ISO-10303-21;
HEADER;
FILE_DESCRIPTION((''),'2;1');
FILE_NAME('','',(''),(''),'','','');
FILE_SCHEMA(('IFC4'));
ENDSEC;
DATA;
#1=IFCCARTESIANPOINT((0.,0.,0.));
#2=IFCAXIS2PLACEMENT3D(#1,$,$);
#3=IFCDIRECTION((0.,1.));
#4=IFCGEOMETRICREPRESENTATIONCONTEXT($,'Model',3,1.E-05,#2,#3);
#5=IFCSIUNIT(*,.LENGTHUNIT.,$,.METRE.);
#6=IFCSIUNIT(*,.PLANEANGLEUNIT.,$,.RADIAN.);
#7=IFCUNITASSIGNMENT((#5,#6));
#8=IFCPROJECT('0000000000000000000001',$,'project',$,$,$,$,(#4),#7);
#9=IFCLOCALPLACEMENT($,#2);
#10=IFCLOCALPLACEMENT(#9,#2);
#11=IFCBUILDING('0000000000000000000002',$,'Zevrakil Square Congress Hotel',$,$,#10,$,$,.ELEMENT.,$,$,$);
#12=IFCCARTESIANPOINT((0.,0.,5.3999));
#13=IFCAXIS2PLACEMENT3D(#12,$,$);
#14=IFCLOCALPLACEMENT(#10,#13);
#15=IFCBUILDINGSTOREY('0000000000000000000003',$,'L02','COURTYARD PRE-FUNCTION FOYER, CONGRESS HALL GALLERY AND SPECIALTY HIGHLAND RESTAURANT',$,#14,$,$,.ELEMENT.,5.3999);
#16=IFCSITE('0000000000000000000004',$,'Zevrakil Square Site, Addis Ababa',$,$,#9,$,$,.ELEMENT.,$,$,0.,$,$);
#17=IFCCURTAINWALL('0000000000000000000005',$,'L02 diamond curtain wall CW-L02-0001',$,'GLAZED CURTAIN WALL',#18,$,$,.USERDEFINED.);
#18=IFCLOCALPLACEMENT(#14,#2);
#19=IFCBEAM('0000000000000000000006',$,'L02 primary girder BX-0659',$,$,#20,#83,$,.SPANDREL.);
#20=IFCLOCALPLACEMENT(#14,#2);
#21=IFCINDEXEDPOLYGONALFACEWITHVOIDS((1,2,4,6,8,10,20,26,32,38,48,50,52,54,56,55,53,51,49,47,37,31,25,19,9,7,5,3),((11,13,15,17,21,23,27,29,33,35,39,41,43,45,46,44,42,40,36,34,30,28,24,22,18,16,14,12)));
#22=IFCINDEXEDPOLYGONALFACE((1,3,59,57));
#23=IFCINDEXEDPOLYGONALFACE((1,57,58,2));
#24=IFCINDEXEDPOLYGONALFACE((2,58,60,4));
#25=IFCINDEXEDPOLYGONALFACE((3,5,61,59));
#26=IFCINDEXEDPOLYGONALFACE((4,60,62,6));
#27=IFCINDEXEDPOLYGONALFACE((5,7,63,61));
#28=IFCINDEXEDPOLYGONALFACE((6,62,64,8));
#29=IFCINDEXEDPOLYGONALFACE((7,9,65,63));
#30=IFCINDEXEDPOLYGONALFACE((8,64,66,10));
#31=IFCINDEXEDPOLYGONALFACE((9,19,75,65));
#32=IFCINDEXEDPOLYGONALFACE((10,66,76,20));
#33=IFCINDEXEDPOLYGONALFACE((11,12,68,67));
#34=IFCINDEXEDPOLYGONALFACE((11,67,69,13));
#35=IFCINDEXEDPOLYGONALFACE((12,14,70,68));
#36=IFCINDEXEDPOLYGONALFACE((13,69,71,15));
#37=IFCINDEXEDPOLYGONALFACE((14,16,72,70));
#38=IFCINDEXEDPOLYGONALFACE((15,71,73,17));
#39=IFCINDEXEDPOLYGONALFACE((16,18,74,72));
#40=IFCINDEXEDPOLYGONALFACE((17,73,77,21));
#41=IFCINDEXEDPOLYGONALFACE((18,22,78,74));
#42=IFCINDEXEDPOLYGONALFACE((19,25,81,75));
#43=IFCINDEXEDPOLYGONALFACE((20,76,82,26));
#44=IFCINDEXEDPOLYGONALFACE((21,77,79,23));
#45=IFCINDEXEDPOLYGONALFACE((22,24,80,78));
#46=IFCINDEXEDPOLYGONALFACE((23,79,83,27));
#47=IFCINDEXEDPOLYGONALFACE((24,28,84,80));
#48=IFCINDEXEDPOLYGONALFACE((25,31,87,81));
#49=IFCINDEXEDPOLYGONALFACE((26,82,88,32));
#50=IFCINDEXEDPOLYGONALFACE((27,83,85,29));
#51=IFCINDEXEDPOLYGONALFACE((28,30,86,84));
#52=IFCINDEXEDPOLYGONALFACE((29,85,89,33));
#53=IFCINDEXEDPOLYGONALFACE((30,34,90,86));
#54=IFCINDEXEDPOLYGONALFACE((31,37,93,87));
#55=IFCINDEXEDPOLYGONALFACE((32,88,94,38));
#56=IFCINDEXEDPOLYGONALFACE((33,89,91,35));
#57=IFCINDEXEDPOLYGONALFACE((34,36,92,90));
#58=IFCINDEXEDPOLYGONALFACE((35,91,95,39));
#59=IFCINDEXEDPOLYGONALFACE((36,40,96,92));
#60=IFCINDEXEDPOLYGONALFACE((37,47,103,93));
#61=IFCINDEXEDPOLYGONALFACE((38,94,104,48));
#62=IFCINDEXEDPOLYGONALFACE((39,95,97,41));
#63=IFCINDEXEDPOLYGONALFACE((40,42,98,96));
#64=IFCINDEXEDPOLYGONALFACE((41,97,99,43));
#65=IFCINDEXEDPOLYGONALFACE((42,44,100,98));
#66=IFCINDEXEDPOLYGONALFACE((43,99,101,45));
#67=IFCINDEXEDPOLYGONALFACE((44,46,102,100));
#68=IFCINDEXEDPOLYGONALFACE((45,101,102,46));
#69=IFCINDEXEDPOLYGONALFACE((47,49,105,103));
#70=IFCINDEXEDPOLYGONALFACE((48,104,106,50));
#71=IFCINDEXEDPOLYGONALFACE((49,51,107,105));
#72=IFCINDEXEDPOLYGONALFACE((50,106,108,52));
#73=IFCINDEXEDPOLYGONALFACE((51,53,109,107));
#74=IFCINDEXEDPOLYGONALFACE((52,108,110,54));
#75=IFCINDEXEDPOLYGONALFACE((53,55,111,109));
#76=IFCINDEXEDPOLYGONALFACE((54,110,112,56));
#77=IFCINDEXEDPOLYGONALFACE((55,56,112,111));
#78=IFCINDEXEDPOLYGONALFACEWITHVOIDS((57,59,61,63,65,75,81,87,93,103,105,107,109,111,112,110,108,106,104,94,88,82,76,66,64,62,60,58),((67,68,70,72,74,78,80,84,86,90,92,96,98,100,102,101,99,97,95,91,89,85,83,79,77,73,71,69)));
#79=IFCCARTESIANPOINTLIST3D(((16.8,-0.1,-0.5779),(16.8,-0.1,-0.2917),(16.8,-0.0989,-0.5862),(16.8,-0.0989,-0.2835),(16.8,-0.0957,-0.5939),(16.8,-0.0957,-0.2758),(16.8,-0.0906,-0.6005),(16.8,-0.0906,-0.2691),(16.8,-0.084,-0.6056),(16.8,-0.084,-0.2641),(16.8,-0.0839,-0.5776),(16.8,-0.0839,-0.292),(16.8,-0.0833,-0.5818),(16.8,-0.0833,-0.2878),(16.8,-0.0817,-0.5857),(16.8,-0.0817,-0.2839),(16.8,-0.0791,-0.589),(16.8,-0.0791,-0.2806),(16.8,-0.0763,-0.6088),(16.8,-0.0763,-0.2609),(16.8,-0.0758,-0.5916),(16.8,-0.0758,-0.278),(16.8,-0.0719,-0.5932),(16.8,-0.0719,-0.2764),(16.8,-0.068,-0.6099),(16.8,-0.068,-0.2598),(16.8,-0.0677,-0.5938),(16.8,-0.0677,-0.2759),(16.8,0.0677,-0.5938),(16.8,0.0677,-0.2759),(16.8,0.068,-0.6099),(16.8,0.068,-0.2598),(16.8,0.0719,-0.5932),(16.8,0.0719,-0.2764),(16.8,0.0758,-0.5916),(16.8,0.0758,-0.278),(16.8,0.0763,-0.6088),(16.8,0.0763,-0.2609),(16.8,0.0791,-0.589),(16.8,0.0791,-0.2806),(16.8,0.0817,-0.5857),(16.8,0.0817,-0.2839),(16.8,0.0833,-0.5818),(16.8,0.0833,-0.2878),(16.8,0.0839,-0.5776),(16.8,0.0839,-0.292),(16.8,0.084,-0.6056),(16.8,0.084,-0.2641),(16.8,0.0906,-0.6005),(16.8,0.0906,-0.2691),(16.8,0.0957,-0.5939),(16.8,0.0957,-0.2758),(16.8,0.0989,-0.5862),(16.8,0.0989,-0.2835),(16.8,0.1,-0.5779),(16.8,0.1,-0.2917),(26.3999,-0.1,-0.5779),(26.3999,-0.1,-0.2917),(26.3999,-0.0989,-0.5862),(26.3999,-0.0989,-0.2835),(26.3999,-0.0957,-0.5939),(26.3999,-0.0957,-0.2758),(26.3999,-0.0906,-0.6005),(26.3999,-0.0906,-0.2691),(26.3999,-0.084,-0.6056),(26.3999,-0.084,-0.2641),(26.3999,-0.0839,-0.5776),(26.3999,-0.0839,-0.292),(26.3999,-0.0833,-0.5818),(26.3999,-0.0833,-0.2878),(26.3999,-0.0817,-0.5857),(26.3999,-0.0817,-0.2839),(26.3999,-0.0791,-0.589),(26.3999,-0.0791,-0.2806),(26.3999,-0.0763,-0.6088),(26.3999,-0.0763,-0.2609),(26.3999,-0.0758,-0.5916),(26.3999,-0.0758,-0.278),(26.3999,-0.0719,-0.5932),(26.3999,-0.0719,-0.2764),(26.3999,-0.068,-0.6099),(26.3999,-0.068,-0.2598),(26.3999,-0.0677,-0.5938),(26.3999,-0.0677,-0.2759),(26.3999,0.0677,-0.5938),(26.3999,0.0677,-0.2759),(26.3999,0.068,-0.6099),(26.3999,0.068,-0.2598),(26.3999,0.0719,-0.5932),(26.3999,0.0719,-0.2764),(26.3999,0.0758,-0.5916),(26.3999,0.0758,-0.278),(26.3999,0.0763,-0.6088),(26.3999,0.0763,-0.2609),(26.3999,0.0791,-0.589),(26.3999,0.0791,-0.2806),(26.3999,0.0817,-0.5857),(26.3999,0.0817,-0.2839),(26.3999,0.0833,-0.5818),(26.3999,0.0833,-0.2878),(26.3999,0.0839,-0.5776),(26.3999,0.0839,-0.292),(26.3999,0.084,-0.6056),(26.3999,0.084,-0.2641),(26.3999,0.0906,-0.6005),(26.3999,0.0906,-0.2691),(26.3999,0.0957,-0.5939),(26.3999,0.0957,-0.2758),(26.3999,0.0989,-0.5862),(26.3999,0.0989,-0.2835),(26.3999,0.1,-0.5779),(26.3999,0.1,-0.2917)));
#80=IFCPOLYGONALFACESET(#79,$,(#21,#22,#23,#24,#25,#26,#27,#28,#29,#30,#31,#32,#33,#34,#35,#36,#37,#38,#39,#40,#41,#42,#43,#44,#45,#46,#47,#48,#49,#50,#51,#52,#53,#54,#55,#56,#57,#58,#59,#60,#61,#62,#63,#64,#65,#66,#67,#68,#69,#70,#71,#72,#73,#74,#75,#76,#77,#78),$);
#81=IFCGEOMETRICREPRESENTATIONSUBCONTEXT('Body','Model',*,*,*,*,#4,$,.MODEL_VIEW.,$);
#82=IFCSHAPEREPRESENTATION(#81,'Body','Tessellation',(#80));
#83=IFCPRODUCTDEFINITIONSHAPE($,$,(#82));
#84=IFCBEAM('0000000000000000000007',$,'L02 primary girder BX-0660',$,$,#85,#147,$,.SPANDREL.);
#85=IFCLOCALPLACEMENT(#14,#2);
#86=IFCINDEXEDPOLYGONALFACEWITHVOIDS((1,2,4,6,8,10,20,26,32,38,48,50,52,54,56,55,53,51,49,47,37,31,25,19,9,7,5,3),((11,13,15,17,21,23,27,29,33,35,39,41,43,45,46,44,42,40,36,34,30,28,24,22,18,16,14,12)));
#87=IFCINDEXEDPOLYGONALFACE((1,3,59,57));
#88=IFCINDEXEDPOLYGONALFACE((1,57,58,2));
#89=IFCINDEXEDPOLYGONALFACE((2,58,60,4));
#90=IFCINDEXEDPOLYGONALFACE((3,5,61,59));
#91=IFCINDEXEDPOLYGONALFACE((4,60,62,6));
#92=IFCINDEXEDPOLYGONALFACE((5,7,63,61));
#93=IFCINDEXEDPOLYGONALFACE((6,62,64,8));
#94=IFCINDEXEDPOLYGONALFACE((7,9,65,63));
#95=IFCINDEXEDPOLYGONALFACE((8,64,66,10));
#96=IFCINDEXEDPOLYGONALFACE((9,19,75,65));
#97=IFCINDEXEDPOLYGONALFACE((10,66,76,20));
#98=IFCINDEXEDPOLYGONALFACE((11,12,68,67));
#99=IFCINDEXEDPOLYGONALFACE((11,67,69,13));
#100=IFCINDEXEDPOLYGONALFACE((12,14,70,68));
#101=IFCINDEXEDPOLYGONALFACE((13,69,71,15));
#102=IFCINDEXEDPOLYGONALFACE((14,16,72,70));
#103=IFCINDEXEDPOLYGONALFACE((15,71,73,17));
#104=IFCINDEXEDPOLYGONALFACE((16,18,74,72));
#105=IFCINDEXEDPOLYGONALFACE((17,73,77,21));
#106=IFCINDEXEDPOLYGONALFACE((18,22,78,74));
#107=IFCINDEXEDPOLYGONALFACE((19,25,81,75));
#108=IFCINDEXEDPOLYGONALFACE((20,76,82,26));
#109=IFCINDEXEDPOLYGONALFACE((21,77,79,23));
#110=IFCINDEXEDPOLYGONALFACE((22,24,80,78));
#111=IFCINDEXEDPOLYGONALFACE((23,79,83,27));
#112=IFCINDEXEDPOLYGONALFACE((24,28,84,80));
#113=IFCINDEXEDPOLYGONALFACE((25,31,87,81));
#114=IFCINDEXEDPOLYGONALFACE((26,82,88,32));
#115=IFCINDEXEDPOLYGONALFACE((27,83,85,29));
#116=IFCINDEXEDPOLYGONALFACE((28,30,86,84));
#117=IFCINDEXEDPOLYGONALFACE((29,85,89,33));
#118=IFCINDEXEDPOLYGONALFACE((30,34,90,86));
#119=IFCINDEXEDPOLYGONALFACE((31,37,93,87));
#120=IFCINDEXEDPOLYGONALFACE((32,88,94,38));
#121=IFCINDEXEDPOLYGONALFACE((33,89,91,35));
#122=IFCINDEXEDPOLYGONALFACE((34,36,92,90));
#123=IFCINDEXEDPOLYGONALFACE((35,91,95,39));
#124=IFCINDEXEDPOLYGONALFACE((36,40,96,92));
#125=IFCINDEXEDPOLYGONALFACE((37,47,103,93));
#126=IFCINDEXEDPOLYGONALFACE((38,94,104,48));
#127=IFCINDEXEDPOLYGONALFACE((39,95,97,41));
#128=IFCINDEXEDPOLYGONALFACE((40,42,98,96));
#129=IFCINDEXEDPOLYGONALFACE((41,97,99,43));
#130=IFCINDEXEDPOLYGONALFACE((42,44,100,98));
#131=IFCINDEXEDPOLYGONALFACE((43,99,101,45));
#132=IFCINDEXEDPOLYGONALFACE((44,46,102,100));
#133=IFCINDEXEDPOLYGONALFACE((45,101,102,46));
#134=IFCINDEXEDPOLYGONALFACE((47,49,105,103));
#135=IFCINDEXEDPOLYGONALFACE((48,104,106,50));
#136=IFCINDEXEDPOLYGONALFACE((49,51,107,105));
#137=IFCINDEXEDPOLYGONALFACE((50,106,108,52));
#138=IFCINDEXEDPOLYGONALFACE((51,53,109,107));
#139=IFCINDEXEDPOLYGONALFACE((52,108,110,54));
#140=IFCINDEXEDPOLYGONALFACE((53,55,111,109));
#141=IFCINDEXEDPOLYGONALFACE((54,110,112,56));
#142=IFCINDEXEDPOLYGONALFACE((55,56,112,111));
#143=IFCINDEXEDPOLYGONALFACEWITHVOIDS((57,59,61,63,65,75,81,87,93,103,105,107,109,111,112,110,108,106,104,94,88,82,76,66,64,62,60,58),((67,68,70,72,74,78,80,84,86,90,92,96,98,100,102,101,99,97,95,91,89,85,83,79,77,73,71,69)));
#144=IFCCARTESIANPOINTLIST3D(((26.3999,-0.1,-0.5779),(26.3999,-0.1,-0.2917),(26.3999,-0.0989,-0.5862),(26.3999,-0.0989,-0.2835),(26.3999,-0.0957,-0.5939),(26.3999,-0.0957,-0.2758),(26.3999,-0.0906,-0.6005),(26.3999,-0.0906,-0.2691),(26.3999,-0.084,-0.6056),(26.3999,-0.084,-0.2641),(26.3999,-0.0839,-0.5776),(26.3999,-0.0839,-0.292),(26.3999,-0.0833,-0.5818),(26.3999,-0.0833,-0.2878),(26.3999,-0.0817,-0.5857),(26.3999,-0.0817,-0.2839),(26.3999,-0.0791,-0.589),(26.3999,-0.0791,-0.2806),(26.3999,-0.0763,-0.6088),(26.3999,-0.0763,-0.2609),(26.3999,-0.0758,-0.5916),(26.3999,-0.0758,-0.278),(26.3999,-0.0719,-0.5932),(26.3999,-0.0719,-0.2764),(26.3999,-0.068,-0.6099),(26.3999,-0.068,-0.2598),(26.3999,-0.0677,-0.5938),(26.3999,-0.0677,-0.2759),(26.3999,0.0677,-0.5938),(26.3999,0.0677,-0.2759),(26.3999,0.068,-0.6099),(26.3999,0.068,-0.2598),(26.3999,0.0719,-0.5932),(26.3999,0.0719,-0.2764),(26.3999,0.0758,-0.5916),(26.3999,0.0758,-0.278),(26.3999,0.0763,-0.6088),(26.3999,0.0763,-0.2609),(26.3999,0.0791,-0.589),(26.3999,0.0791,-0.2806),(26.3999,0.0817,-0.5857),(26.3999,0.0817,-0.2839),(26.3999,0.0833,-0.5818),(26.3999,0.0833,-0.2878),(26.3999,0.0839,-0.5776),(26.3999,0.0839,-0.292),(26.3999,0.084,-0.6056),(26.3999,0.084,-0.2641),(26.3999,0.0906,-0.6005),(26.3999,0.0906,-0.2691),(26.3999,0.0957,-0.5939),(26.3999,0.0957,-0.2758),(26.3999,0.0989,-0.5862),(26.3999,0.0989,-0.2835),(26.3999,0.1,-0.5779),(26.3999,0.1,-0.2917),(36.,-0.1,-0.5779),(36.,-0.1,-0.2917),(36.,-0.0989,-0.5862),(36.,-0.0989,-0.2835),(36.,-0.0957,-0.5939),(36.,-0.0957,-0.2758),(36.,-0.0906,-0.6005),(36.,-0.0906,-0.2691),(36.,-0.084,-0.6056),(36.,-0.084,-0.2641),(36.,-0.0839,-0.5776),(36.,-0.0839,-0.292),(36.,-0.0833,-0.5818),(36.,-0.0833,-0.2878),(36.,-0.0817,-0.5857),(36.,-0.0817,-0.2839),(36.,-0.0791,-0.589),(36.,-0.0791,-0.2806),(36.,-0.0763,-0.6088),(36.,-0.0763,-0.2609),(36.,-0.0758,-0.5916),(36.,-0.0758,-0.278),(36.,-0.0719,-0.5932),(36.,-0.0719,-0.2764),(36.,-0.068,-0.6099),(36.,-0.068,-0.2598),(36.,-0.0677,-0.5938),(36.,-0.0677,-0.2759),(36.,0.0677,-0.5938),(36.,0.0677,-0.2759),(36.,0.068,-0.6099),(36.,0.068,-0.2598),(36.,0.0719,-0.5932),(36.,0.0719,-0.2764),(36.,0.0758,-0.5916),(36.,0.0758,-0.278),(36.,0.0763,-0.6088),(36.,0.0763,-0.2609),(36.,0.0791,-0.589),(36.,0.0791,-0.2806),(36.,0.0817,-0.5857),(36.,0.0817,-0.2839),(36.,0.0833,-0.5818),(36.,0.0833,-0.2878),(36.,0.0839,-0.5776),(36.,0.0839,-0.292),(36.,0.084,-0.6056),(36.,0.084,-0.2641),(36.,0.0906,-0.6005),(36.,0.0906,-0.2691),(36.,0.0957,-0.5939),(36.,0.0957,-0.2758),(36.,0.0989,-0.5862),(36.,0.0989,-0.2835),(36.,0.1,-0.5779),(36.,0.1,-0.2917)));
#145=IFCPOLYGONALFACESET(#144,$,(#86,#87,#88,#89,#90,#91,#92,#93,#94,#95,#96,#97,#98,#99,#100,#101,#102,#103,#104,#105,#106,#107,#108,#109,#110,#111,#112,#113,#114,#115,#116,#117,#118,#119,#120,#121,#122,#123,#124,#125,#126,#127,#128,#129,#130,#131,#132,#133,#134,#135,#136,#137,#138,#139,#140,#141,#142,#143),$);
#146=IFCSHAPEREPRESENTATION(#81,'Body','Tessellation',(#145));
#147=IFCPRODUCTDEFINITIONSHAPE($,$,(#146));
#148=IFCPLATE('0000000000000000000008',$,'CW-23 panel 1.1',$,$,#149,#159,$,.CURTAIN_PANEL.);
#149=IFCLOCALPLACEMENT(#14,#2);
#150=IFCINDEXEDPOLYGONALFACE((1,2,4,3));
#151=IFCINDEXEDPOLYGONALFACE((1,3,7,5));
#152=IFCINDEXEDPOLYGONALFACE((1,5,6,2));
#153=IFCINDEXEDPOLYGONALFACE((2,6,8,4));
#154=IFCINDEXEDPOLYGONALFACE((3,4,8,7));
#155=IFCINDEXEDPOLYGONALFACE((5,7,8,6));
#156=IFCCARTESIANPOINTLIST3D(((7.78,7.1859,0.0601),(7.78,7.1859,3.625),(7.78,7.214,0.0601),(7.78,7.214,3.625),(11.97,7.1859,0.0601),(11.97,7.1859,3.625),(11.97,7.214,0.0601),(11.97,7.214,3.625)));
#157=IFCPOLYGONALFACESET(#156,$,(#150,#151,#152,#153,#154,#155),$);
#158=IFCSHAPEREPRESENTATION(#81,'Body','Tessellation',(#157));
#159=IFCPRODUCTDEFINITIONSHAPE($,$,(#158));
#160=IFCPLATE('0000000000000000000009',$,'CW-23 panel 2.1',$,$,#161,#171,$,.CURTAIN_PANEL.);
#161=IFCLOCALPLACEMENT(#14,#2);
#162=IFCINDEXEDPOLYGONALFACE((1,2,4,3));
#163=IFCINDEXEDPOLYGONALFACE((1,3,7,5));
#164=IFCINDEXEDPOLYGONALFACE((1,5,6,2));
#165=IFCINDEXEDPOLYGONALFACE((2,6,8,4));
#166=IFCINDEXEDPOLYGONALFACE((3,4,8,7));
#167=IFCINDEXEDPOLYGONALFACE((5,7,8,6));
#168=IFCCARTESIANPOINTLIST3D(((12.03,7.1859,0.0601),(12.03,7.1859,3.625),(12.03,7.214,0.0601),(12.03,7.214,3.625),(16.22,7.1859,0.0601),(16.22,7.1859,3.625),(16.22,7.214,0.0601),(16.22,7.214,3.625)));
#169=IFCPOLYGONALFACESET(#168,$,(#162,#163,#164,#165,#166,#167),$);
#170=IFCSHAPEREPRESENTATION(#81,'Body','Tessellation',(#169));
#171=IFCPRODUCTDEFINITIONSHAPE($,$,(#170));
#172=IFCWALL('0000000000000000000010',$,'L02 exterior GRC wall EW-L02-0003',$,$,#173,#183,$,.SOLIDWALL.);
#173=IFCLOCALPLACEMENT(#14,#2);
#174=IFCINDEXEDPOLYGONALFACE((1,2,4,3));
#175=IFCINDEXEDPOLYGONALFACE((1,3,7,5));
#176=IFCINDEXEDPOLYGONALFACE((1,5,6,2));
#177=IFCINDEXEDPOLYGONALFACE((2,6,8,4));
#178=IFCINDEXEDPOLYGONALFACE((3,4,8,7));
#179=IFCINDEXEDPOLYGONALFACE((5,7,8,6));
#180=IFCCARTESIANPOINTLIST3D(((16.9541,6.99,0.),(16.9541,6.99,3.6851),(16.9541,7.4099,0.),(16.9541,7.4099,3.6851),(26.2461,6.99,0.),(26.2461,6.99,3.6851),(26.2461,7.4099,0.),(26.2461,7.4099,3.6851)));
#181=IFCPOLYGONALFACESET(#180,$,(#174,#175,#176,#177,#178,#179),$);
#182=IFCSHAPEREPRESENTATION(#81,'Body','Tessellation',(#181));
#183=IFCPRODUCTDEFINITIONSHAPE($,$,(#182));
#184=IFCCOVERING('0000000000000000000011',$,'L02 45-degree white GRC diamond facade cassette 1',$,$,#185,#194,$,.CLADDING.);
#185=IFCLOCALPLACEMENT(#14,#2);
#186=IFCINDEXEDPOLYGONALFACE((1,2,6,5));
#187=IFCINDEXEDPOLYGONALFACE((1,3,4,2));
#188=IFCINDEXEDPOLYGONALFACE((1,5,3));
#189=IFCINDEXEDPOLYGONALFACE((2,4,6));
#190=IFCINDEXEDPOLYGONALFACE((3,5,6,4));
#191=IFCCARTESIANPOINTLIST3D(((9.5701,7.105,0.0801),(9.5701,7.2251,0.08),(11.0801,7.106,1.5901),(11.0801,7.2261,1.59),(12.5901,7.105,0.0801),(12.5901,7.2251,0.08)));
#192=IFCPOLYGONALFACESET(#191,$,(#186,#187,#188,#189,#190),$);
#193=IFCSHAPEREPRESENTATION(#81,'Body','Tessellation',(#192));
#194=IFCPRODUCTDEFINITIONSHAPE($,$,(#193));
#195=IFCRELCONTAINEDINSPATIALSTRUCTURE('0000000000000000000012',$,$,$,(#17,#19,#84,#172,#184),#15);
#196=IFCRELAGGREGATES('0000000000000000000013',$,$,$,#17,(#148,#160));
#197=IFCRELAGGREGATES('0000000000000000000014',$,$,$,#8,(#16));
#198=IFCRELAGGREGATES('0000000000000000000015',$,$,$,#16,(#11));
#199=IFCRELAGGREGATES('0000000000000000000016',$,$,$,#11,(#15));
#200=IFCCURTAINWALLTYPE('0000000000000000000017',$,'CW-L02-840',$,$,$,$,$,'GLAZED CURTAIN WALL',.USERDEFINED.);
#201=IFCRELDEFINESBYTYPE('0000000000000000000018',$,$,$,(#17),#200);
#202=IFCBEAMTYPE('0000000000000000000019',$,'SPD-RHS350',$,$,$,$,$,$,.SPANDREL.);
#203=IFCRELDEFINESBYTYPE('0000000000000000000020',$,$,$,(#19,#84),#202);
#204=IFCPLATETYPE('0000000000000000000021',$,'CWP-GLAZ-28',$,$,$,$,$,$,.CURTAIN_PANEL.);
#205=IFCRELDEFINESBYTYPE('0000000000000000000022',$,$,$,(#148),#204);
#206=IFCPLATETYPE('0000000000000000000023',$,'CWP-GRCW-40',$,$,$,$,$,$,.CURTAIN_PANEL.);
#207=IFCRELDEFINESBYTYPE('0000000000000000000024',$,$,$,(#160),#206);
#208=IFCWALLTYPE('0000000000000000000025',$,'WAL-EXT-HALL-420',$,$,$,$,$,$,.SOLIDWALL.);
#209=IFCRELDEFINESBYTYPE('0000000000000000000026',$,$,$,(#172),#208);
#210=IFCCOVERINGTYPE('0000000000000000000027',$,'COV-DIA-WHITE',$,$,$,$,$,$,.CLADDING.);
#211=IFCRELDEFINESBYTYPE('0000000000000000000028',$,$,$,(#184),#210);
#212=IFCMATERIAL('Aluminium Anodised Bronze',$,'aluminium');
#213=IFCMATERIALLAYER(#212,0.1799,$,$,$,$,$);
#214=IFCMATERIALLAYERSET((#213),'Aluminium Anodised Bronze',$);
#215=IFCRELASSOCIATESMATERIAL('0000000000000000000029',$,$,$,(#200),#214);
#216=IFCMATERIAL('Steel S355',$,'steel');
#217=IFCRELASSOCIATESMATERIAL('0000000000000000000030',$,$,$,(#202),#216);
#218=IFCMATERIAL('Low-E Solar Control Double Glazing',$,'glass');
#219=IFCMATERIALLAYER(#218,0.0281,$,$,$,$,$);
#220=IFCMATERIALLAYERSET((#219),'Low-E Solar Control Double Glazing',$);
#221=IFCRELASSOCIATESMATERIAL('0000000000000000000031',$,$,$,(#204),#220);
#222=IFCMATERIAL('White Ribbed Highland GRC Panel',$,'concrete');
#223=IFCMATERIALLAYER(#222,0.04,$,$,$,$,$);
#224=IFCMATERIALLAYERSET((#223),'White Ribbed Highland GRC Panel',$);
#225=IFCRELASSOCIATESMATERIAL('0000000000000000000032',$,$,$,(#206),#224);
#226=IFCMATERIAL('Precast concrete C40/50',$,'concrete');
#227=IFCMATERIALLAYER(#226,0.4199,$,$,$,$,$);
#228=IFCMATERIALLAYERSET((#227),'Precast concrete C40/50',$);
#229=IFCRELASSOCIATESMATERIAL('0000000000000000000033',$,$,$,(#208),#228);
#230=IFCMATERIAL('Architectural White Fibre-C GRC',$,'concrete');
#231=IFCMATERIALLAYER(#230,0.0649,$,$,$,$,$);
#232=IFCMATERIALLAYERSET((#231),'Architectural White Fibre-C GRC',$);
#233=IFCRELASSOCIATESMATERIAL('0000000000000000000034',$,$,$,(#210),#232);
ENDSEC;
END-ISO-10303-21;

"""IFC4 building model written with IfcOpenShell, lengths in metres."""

from ifc_helpers import new_model, si_unit, direction, frame, frame_2d, origin, origin_2d, place, context, subcontext, project, spatial, polyline, rectangle, hollow_rectangle, outline, extrude, material, layer, layer_set, material_profile, profile_set, type_object, element, aggregate, save


model = new_model("IFC4")

# Units and contexts
model_context = context("Model", 3, precision=1e-05, world=origin(), true_north=direction((0.0, 1.0)))
body_context = subcontext(model_context, "Body", "Model", "MODEL_VIEW")
ifc_project = project(units=[si_unit("LENGTHUNIT", "METRE"), si_unit("PLANEANGLEUNIT", "RADIAN")], contexts=[model_context])

# Site, building, storey
site_placement = place(None, origin())
site = spatial("IfcSite", under=ifc_project, at=site_placement, Name="Zevrakil Square Site, Addis Ababa", CompositionType="ELEMENT", RefElevation=0.0)
building_placement = place(site_placement, origin())
building = spatial("IfcBuilding", under=site, at=building_placement, Name="Zevrakil Square Congress Hotel", CompositionType="ELEMENT")
storey_placement = place(building_placement, frame((0.0, 0.0, 5.3999)))
storey = spatial("IfcBuildingStorey", under=building, at=storey_placement, Name="L02", Description="COURTYARD PRE-FUNCTION FOYER, CONGRESS HALL GALLERY AND SPECIALTY HIGHLAND RESTAURANT", CompositionType="ELEMENT", Elevation=5.3999)

# Curtain wall
ifc_material_1 = material(Name="Aluminium Anodised Bronze", Category="aluminium")
ifc_layer_1 = layer(ifc_material_1, 0.1799)
ifc_layer_set_1 = layer_set([ifc_layer_1], Name="Aluminium Anodised Bronze")
curtain_wall_type = type_object("IfcCurtainWallType", Name="CW-L02-840", ElementType="GLAZED CURTAIN WALL", PredefinedType="USERDEFINED", material=ifc_layer_set_1)
curtain_wall_placement = place(storey_placement, origin())
curtain_wall = element("IfcCurtainWall", 1, at=curtain_wall_placement, inside=storey, type_object=curtain_wall_type, Name="L02 diamond curtain wall CW-L02-0001", ObjectType="GLAZED CURTAIN WALL", PredefinedType="USERDEFINED")

# Beams
ifc_material_2 = material(Name="Steel S355", Category="steel")
ifc_material_profile_1 = material_profile(ifc_material_2, hollow_rectangle(XDim=0.2, YDim=0.3501, WallThickness=0.0161, InnerFilletRadius=0.0161, OuterFilletRadius=0.032, at=origin_2d()), Name="RHS 350x200x16")
ifc_profile_set_1 = profile_set([ifc_material_profile_1], Name="Steel S355")
beam_type_1 = type_object("IfcBeamType", Name="SPD-RHS350", PredefinedType="SPANDREL", material=ifc_profile_set_1)
beam_1_placement = place(storey_placement, frame((16.8, 0.0, -0.4348), z_axis=(1.0, 0.0, 0.0), x_axis=(0.0, 1.0, 0.0)))
element("IfcBeam", 2, at=beam_1_placement, inside=storey, type_object=beam_type_1, Name="L02 primary girder BX-0659", PredefinedType="SPANDREL", context=body_context, shape_type="SweptSolid", body=[
    extrude(hollow_rectangle(XDim=0.2, YDim=0.3501, WallThickness=0.0161, InnerFilletRadius=0.0161, OuterFilletRadius=0.032, at=origin_2d()), origin(), (0.0, 0.0, 1.0), 9.5999),
])
beam_2_placement = place(storey_placement, frame((26.3999, 0.0, -0.4348), z_axis=(1.0, 0.0, 0.0), x_axis=(0.0, 1.0, 0.0)))
element("IfcBeam", 3, at=beam_2_placement, inside=storey, type_object=beam_type_1, Name="L02 primary girder BX-0660", PredefinedType="SPANDREL", context=body_context, shape_type="SweptSolid", body=[
    extrude(hollow_rectangle(XDim=0.2, YDim=0.3501, WallThickness=0.0161, InnerFilletRadius=0.0161, OuterFilletRadius=0.032, at=origin_2d()), origin(), (0.0, 0.0, 1.0), 9.6001),
])

# Plates
ifc_material_3 = material(Name="Low-E Solar Control Double Glazing", Category="glass")
ifc_layer_2 = layer(ifc_material_3, 0.0281)
ifc_layer_set_2 = layer_set([ifc_layer_2], Name="Low-E Solar Control Double Glazing")
plate_type_1 = type_object("IfcPlateType", Name="CWP-GLAZ-28", PredefinedType="CURTAIN_PANEL", material=ifc_layer_set_2)
plate_1_placement = place(storey_placement, frame((9.875, 7.2, 0.0601), z_axis=(0.0, 0.0, 1.0), x_axis=(1.0, 0.0, 0.0)))
plate_1 = element("IfcPlate", 4, at=plate_1_placement, type_object=plate_type_1, Name="CW-23 panel 1.1", PredefinedType="CURTAIN_PANEL", context=body_context, shape_type="SweptSolid", body=[
    extrude(rectangle(XDim=4.1899, YDim=0.0281, at=origin_2d()), origin(), (0.0, 0.0, 1.0), 3.5649),
])
ifc_material_4 = material(Name="White Ribbed Highland GRC Panel", Category="concrete")
ifc_layer_3 = layer(ifc_material_4, 0.04)
ifc_layer_set_3 = layer_set([ifc_layer_3], Name="White Ribbed Highland GRC Panel")
plate_type_2 = type_object("IfcPlateType", Name="CWP-GRCW-40", PredefinedType="CURTAIN_PANEL", material=ifc_layer_set_3)
plate_2_placement = place(storey_placement, frame((14.125, 7.2, 0.0601), z_axis=(0.0, 0.0, 1.0), x_axis=(1.0, 0.0, 0.0)))
plate_2 = element("IfcPlate", 5, at=plate_2_placement, type_object=plate_type_2, Name="CW-23 panel 2.1", PredefinedType="CURTAIN_PANEL", context=body_context, shape_type="SweptSolid", body=[
    extrude(rectangle(XDim=4.1899, YDim=0.0281, at=origin_2d()), origin(), (0.0, 0.0, 1.0), 3.5649),
])
aggregate(curtain_wall, [plate_1, plate_2])

# Wall
ifc_material_5 = material(Name="Precast concrete C40/50", Category="concrete")
ifc_layer_4 = layer(ifc_material_5, 0.4199)
ifc_layer_set_4 = layer_set([ifc_layer_4], Name="Precast concrete C40/50")
wall_type = type_object("IfcWallType", Name="WAL-EXT-HALL-420", PredefinedType="SOLIDWALL", material=ifc_layer_set_4)
wall_placement = place(storey_placement, frame((16.9541, 7.2, 0.0), z_axis=(0.0, 0.0, 1.0), x_axis=(1.0, 0.0, 0.0)))
element("IfcWall", 6, at=wall_placement, inside=storey, type_object=wall_type, Name="L02 exterior GRC wall EW-L02-0003", PredefinedType="SOLIDWALL", context=body_context, shape_type="SweptSolid", body=[
    extrude(rectangle(XDim=9.292, YDim=0.4199, at=frame_2d((4.646, 0.0))), origin(), (0.0, 0.0, 1.0), 3.6851),
])

# Covering
ifc_material_6 = material(Name="Architectural White Fibre-C GRC", Category="concrete")
ifc_layer_5 = layer(ifc_material_6, 0.0649)
ifc_layer_set_5 = layer_set([ifc_layer_5], Name="Architectural White Fibre-C GRC")
covering_type_1 = type_object("IfcCoveringType", Name="COV-DIA-WHITE", PredefinedType="CLADDING", material=ifc_layer_set_5)
covering_1_placement = place(storey_placement, frame((11.0801, 7.106, 1.5901), z_axis=(0.0, -1.0, 0.000647), x_axis=(0.707107, -0.000457, -0.707107)))
element("IfcCovering", 7, at=covering_1_placement, inside=storey, type_object=covering_type_1, Name="L02 45-degree white GRC diamond facade cassette 1", PredefinedType="CLADDING", context=body_context, shape_type="SweptSolid", body=[
    extrude(outline(polyline([(0.0, 0.0), (2.1355, 0.0), (0.0, -2.1355), (0.0, 0.0)])), origin(), (0.0, 0.0, -1.0), 0.1201),
])

save(model, "model.ifc")
